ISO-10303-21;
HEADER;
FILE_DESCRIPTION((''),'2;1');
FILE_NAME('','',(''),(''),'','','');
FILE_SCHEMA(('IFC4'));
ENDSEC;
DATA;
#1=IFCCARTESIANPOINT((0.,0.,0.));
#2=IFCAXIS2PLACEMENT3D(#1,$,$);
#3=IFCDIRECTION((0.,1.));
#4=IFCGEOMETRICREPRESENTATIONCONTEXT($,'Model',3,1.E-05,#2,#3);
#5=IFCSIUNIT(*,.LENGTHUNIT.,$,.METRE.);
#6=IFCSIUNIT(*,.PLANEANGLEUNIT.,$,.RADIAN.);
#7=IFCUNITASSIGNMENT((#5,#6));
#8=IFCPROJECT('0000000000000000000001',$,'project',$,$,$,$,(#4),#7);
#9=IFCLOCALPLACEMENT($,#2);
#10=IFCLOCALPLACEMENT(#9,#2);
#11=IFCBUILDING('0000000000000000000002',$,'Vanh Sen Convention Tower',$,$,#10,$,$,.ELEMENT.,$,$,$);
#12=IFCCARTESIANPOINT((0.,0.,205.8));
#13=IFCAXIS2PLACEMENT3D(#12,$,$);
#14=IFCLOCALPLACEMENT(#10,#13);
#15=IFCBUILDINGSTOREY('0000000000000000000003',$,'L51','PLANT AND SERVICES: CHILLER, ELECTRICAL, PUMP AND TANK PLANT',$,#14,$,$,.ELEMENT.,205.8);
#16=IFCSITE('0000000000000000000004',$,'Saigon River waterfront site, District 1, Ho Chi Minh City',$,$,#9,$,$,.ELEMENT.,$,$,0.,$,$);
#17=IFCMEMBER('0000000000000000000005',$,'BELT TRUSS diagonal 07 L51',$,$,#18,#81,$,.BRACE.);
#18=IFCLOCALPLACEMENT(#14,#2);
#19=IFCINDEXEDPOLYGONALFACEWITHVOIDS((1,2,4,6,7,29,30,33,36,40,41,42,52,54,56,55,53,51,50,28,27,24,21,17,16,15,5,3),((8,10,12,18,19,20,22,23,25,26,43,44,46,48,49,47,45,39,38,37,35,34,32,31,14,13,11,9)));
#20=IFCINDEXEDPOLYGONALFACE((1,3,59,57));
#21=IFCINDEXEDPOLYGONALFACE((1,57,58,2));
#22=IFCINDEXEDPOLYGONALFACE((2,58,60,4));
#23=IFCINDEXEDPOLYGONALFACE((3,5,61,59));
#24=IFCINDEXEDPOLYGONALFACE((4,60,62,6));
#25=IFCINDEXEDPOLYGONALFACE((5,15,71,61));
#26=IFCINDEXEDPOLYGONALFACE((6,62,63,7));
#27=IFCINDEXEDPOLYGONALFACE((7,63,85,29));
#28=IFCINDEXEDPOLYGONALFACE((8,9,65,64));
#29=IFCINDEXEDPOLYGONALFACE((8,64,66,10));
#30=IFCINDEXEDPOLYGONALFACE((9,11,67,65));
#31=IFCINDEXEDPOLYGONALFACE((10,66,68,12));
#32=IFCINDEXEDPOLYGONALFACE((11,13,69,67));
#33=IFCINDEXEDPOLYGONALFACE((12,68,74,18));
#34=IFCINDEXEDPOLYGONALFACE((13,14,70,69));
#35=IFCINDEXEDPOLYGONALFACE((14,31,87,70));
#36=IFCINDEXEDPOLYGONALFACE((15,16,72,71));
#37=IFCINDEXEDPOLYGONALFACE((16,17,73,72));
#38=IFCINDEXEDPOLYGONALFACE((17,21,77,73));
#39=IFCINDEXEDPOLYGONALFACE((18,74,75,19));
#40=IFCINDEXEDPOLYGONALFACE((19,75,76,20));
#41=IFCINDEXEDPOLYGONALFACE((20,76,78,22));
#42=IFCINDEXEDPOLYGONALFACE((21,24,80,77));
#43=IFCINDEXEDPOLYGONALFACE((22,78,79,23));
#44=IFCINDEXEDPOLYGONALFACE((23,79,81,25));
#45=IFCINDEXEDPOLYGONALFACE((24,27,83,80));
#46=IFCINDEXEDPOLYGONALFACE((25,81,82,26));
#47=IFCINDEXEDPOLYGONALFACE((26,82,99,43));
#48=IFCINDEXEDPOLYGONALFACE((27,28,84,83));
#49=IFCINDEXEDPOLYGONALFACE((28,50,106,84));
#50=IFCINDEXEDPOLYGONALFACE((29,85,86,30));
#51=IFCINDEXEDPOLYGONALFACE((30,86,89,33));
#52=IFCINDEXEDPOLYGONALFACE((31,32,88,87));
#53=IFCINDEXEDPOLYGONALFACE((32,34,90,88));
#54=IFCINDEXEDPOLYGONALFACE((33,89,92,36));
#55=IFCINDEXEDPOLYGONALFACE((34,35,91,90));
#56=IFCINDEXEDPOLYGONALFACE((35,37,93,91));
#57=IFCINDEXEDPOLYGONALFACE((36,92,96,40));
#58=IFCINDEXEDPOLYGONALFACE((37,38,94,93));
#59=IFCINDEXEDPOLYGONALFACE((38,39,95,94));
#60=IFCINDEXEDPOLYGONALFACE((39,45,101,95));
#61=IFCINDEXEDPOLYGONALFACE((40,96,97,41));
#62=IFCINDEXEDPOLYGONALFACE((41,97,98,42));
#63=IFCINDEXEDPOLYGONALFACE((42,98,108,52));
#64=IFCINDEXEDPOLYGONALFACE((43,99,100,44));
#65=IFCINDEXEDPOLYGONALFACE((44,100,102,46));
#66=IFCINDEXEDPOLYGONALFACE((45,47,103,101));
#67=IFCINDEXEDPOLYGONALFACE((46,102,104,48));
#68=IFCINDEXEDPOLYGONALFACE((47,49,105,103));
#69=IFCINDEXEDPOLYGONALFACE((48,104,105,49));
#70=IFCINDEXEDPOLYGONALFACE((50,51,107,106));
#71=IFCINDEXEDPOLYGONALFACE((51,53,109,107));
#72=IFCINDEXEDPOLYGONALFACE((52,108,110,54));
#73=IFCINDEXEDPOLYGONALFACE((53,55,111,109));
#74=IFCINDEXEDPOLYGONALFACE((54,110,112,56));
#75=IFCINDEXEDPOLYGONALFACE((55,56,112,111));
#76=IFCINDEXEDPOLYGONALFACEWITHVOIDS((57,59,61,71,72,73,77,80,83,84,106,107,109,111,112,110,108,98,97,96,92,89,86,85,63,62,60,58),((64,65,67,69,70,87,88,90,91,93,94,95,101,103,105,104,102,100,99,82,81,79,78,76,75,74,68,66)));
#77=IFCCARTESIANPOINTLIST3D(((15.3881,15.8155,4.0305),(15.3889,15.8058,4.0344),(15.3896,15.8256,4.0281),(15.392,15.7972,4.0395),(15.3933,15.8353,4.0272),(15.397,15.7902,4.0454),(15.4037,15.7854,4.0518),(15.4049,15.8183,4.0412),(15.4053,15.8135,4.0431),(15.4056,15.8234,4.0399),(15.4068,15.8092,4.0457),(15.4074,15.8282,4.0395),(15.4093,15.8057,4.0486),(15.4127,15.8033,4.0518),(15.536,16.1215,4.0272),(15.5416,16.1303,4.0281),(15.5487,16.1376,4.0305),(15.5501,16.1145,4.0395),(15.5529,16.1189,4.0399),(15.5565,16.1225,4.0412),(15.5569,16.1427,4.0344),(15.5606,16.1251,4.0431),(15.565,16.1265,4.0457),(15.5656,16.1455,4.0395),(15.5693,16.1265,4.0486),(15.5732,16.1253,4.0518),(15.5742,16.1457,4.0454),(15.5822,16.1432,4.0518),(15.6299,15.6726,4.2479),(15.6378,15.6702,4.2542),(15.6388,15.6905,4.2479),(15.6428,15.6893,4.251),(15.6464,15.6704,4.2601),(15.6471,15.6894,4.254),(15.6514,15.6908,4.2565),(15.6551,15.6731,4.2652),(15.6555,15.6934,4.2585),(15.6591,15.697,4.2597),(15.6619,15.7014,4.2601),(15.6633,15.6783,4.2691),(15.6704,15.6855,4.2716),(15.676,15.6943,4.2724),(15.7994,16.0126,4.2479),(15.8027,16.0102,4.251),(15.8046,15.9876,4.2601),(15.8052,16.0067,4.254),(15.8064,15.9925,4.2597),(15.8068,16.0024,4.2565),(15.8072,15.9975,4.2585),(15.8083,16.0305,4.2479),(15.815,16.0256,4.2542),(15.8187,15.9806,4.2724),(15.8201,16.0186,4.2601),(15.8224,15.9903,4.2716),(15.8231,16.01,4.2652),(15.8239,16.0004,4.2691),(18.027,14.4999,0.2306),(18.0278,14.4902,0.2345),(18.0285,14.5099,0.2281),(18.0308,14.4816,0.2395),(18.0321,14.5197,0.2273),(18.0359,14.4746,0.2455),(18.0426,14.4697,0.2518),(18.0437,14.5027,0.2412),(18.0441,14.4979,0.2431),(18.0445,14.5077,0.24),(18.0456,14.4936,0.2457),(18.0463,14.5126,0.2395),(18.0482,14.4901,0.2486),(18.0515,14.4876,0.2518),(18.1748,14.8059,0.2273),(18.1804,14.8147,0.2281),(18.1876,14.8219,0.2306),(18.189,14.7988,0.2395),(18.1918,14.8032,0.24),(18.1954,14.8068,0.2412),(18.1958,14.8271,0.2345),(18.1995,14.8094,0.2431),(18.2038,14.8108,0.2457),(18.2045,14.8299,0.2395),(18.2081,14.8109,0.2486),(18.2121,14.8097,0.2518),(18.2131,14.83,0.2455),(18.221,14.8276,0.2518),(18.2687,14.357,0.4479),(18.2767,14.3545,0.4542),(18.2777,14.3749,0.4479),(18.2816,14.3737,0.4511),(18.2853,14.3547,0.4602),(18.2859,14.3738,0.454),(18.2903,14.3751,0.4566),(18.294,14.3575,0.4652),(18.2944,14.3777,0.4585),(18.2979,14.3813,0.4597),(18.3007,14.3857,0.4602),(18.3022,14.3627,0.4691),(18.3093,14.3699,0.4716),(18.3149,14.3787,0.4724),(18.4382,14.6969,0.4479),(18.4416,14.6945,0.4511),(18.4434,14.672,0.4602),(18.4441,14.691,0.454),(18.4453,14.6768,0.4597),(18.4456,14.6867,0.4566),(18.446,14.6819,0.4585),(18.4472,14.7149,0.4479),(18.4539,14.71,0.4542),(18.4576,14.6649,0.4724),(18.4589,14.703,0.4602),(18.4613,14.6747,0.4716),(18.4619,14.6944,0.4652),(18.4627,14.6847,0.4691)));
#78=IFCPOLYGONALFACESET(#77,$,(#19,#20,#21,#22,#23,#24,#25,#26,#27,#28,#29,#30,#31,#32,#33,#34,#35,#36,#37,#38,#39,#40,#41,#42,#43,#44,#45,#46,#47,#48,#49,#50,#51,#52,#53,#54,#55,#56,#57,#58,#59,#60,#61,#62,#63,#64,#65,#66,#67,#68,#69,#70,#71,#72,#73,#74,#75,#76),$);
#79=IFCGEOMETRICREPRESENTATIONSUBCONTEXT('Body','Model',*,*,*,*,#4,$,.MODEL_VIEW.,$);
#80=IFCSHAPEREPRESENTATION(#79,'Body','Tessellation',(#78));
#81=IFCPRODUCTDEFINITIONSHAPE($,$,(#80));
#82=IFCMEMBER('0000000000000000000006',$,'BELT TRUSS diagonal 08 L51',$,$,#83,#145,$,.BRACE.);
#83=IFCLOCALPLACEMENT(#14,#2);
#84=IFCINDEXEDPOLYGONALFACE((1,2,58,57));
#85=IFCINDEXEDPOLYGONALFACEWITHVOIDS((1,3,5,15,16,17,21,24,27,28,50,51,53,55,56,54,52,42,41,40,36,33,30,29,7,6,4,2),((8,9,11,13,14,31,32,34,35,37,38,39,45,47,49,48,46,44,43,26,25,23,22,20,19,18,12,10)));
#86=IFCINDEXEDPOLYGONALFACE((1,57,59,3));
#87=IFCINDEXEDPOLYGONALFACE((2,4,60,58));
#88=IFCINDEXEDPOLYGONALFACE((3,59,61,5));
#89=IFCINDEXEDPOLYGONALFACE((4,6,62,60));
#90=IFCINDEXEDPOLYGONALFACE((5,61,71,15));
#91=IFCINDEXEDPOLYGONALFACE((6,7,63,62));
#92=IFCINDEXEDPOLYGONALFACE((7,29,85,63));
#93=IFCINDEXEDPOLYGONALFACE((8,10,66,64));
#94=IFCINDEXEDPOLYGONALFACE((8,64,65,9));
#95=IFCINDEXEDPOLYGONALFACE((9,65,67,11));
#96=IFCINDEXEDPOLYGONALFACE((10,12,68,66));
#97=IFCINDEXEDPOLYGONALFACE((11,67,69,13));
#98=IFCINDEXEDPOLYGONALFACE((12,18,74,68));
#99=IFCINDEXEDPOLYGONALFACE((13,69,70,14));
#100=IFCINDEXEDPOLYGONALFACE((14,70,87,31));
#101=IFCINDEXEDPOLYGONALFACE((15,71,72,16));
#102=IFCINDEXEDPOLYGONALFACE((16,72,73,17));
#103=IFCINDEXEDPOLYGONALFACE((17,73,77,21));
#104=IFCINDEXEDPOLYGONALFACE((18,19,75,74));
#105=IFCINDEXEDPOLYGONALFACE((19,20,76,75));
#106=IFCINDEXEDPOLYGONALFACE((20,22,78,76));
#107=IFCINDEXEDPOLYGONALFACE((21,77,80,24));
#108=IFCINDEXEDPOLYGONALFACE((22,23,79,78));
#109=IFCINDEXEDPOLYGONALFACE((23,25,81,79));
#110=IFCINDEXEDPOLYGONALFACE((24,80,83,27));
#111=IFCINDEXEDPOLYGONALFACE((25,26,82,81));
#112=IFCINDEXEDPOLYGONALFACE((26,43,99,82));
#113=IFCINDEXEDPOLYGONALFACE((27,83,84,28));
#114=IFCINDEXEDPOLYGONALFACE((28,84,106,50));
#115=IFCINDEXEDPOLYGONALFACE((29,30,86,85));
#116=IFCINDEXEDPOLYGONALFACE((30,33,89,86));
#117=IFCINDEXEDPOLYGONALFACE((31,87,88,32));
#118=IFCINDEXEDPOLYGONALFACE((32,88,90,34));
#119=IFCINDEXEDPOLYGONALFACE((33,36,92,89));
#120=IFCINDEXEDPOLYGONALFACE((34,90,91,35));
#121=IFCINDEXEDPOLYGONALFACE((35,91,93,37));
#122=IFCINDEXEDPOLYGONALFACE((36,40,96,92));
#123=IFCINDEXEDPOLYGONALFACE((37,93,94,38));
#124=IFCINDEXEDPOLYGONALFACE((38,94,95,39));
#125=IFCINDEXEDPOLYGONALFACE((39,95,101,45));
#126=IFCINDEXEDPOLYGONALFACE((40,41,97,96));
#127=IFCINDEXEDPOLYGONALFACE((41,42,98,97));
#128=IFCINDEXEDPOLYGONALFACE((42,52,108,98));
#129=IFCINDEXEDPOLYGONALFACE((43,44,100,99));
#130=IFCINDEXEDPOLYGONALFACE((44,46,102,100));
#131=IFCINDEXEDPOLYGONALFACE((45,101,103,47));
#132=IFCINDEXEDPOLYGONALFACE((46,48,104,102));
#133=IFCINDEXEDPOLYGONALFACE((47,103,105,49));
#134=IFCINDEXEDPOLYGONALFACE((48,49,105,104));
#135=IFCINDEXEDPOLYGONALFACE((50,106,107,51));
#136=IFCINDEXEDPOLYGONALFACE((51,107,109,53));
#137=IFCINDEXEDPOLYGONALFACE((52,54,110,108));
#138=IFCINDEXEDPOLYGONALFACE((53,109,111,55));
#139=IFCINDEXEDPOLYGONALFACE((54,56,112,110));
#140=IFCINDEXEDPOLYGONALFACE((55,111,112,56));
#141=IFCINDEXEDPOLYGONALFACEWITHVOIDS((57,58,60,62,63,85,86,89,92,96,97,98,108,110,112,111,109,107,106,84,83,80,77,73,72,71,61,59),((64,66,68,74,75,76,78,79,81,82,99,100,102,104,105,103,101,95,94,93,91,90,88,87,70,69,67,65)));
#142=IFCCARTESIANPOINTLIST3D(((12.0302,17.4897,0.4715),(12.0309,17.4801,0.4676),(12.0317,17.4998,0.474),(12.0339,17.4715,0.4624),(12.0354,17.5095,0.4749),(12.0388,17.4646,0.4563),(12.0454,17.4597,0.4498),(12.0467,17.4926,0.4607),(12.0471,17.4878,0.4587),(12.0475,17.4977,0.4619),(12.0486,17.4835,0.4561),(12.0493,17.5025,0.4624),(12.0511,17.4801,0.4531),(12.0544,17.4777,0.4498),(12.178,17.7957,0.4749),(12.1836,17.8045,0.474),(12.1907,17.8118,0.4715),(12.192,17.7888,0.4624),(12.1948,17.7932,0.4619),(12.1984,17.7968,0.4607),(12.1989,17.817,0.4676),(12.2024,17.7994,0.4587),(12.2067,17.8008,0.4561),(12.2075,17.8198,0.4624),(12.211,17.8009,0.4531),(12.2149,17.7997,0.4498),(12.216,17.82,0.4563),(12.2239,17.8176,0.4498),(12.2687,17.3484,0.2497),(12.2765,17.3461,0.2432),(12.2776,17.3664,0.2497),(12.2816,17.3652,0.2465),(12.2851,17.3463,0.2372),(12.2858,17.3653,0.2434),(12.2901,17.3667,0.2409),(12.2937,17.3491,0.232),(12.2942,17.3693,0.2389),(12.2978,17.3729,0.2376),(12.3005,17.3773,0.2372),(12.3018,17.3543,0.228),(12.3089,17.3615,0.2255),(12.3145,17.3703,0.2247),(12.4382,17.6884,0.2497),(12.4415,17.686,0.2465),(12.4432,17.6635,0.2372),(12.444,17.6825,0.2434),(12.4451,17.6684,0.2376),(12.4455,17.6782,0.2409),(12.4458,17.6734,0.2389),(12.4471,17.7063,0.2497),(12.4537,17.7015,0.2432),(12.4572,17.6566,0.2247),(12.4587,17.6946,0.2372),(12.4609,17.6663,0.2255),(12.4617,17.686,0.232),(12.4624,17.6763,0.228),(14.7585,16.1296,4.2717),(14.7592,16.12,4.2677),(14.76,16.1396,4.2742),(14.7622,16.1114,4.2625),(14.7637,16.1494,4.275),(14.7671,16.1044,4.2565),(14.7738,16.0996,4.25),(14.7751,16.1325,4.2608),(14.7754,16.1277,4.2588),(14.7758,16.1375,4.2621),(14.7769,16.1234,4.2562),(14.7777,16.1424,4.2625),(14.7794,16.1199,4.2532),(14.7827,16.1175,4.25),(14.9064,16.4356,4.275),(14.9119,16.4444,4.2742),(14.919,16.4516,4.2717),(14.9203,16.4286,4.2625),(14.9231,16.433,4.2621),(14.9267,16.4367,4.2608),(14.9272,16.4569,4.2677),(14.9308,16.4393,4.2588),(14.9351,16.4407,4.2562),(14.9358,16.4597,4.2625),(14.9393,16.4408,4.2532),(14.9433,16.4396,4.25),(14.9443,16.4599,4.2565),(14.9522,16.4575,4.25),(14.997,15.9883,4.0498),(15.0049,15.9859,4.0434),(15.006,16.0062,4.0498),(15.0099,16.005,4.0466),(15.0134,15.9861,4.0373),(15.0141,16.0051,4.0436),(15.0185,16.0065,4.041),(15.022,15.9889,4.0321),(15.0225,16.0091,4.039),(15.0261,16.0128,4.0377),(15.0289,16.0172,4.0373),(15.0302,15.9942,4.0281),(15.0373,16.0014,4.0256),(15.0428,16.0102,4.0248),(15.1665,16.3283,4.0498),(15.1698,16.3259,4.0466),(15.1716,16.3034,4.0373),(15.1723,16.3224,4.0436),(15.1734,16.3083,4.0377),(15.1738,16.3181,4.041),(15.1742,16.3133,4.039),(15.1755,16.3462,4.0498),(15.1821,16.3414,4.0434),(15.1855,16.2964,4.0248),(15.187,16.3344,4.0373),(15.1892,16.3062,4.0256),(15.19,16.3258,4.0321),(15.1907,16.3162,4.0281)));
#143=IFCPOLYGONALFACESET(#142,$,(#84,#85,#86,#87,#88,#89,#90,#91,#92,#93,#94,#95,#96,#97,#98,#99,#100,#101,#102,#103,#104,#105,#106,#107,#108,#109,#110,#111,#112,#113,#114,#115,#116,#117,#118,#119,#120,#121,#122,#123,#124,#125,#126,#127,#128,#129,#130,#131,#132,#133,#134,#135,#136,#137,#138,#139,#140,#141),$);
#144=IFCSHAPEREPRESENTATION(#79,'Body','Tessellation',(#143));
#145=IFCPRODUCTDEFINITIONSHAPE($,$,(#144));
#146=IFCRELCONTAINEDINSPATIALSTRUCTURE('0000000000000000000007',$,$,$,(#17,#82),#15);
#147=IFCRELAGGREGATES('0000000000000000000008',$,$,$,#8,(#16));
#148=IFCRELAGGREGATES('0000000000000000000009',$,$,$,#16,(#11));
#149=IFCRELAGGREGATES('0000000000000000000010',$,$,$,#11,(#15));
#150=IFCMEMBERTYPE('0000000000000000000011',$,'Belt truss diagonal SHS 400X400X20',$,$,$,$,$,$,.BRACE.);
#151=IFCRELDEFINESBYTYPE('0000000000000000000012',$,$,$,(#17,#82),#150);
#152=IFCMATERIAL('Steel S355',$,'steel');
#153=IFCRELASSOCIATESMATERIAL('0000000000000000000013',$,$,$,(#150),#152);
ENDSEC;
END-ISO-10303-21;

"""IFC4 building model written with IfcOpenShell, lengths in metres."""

from ifc_helpers import new_model, si_unit, direction, frame, origin, origin_2d, place, context, subcontext, project, spatial, hollow_rectangle, extrude, material, material_profile, profile_set, type_object, element, save


model = new_model("IFC4")

# Units and contexts
model_context = context("Model", 3, precision=1e-05, world=origin(), true_north=direction((0.0, 1.0)))
body_context = subcontext(model_context, "Body", "Model", "MODEL_VIEW")
ifc_project = project(units=[si_unit("LENGTHUNIT", "METRE"), si_unit("PLANEANGLEUNIT", "RADIAN")], contexts=[model_context])

# Site, building, storey
site_placement = place(None, origin())
site = spatial("IfcSite", under=ifc_project, at=site_placement, Name="Saigon River waterfront site, District 1, Ho Chi Minh City", CompositionType="ELEMENT", RefElevation=0.0)
building_placement = place(site_placement, origin())
building = spatial("IfcBuilding", under=site, at=building_placement, Name="Vanh Sen Convention Tower", CompositionType="ELEMENT")
storey_placement = place(building_placement, frame((0.0, 0.0, 205.8)))
storey = spatial("IfcBuildingStorey", under=building, at=storey_placement, Name="L51", Description="PLANT AND SERVICES: CHILLER, ELECTRICAL, PUMP AND TANK PLANT", CompositionType="ELEMENT", Elevation=205.8)

# Members
ifc_material_1 = material(Name="Steel S355", Category="steel")
ifc_material_profile_1 = material_profile(ifc_material_1, hollow_rectangle(XDim=0.3999, YDim=0.3999, WallThickness=0.02, InnerFilletRadius=0.02, OuterFilletRadius=0.04, at=origin_2d()), Name="SHS 400X400X20")
ifc_profile_set_1 = profile_set([ifc_material_profile_1], Name="Steel S355")
member_type_1 = type_object("IfcMemberType", Name="Belt truss diagonal SHS 400X400X20", PredefinedType="BRACE", material=ifc_profile_set_1)
member_1_placement = place(storey_placement, frame((18.2449, 14.5923, 0.3499), z_axis=(-0.548641, 0.273534, 0.790046), x_axis=(-0.446187, -0.89494, 0.0)))
element("IfcMember", 1, at=member_1_placement, inside=storey, type_object=member_type_1, Name="BELT TRUSS diagonal 07 L51", PredefinedType="BRACE", context=body_context, shape_type="SweptSolid", body=[
    extrude(hollow_rectangle(XDim=0.3999, YDim=0.3999, WallThickness=0.02, InnerFilletRadius=0.02, OuterFilletRadius=0.04, at=origin_2d()), origin(), (0.0, 0.0, 1.0), 4.8098),
])
for number, where, z_axis, x_axis, name in (
    (2, (14.9746, 16.2229, 4.1499), (-0.560021, 0.279184, -0.780021), (-0.446156, -0.894955, 0.0), "BELT TRUSS diagonal 08 L51"),
):
    element("IfcMember", number, at=place(storey_placement, frame(where, z_axis=z_axis, x_axis=x_axis)), inside=storey, type_object=member_type_1, Name=name, PredefinedType="BRACE", context=body_context, shape_type="SweptSolid", body=[
        extrude(hollow_rectangle(XDim=0.3999, YDim=0.3999, WallThickness=0.02, InnerFilletRadius=0.02, OuterFilletRadius=0.04, at=origin_2d()), origin(), (0.0, 0.0, 1.0), 4.8718),
    ])

save(model, "model.ifc")
